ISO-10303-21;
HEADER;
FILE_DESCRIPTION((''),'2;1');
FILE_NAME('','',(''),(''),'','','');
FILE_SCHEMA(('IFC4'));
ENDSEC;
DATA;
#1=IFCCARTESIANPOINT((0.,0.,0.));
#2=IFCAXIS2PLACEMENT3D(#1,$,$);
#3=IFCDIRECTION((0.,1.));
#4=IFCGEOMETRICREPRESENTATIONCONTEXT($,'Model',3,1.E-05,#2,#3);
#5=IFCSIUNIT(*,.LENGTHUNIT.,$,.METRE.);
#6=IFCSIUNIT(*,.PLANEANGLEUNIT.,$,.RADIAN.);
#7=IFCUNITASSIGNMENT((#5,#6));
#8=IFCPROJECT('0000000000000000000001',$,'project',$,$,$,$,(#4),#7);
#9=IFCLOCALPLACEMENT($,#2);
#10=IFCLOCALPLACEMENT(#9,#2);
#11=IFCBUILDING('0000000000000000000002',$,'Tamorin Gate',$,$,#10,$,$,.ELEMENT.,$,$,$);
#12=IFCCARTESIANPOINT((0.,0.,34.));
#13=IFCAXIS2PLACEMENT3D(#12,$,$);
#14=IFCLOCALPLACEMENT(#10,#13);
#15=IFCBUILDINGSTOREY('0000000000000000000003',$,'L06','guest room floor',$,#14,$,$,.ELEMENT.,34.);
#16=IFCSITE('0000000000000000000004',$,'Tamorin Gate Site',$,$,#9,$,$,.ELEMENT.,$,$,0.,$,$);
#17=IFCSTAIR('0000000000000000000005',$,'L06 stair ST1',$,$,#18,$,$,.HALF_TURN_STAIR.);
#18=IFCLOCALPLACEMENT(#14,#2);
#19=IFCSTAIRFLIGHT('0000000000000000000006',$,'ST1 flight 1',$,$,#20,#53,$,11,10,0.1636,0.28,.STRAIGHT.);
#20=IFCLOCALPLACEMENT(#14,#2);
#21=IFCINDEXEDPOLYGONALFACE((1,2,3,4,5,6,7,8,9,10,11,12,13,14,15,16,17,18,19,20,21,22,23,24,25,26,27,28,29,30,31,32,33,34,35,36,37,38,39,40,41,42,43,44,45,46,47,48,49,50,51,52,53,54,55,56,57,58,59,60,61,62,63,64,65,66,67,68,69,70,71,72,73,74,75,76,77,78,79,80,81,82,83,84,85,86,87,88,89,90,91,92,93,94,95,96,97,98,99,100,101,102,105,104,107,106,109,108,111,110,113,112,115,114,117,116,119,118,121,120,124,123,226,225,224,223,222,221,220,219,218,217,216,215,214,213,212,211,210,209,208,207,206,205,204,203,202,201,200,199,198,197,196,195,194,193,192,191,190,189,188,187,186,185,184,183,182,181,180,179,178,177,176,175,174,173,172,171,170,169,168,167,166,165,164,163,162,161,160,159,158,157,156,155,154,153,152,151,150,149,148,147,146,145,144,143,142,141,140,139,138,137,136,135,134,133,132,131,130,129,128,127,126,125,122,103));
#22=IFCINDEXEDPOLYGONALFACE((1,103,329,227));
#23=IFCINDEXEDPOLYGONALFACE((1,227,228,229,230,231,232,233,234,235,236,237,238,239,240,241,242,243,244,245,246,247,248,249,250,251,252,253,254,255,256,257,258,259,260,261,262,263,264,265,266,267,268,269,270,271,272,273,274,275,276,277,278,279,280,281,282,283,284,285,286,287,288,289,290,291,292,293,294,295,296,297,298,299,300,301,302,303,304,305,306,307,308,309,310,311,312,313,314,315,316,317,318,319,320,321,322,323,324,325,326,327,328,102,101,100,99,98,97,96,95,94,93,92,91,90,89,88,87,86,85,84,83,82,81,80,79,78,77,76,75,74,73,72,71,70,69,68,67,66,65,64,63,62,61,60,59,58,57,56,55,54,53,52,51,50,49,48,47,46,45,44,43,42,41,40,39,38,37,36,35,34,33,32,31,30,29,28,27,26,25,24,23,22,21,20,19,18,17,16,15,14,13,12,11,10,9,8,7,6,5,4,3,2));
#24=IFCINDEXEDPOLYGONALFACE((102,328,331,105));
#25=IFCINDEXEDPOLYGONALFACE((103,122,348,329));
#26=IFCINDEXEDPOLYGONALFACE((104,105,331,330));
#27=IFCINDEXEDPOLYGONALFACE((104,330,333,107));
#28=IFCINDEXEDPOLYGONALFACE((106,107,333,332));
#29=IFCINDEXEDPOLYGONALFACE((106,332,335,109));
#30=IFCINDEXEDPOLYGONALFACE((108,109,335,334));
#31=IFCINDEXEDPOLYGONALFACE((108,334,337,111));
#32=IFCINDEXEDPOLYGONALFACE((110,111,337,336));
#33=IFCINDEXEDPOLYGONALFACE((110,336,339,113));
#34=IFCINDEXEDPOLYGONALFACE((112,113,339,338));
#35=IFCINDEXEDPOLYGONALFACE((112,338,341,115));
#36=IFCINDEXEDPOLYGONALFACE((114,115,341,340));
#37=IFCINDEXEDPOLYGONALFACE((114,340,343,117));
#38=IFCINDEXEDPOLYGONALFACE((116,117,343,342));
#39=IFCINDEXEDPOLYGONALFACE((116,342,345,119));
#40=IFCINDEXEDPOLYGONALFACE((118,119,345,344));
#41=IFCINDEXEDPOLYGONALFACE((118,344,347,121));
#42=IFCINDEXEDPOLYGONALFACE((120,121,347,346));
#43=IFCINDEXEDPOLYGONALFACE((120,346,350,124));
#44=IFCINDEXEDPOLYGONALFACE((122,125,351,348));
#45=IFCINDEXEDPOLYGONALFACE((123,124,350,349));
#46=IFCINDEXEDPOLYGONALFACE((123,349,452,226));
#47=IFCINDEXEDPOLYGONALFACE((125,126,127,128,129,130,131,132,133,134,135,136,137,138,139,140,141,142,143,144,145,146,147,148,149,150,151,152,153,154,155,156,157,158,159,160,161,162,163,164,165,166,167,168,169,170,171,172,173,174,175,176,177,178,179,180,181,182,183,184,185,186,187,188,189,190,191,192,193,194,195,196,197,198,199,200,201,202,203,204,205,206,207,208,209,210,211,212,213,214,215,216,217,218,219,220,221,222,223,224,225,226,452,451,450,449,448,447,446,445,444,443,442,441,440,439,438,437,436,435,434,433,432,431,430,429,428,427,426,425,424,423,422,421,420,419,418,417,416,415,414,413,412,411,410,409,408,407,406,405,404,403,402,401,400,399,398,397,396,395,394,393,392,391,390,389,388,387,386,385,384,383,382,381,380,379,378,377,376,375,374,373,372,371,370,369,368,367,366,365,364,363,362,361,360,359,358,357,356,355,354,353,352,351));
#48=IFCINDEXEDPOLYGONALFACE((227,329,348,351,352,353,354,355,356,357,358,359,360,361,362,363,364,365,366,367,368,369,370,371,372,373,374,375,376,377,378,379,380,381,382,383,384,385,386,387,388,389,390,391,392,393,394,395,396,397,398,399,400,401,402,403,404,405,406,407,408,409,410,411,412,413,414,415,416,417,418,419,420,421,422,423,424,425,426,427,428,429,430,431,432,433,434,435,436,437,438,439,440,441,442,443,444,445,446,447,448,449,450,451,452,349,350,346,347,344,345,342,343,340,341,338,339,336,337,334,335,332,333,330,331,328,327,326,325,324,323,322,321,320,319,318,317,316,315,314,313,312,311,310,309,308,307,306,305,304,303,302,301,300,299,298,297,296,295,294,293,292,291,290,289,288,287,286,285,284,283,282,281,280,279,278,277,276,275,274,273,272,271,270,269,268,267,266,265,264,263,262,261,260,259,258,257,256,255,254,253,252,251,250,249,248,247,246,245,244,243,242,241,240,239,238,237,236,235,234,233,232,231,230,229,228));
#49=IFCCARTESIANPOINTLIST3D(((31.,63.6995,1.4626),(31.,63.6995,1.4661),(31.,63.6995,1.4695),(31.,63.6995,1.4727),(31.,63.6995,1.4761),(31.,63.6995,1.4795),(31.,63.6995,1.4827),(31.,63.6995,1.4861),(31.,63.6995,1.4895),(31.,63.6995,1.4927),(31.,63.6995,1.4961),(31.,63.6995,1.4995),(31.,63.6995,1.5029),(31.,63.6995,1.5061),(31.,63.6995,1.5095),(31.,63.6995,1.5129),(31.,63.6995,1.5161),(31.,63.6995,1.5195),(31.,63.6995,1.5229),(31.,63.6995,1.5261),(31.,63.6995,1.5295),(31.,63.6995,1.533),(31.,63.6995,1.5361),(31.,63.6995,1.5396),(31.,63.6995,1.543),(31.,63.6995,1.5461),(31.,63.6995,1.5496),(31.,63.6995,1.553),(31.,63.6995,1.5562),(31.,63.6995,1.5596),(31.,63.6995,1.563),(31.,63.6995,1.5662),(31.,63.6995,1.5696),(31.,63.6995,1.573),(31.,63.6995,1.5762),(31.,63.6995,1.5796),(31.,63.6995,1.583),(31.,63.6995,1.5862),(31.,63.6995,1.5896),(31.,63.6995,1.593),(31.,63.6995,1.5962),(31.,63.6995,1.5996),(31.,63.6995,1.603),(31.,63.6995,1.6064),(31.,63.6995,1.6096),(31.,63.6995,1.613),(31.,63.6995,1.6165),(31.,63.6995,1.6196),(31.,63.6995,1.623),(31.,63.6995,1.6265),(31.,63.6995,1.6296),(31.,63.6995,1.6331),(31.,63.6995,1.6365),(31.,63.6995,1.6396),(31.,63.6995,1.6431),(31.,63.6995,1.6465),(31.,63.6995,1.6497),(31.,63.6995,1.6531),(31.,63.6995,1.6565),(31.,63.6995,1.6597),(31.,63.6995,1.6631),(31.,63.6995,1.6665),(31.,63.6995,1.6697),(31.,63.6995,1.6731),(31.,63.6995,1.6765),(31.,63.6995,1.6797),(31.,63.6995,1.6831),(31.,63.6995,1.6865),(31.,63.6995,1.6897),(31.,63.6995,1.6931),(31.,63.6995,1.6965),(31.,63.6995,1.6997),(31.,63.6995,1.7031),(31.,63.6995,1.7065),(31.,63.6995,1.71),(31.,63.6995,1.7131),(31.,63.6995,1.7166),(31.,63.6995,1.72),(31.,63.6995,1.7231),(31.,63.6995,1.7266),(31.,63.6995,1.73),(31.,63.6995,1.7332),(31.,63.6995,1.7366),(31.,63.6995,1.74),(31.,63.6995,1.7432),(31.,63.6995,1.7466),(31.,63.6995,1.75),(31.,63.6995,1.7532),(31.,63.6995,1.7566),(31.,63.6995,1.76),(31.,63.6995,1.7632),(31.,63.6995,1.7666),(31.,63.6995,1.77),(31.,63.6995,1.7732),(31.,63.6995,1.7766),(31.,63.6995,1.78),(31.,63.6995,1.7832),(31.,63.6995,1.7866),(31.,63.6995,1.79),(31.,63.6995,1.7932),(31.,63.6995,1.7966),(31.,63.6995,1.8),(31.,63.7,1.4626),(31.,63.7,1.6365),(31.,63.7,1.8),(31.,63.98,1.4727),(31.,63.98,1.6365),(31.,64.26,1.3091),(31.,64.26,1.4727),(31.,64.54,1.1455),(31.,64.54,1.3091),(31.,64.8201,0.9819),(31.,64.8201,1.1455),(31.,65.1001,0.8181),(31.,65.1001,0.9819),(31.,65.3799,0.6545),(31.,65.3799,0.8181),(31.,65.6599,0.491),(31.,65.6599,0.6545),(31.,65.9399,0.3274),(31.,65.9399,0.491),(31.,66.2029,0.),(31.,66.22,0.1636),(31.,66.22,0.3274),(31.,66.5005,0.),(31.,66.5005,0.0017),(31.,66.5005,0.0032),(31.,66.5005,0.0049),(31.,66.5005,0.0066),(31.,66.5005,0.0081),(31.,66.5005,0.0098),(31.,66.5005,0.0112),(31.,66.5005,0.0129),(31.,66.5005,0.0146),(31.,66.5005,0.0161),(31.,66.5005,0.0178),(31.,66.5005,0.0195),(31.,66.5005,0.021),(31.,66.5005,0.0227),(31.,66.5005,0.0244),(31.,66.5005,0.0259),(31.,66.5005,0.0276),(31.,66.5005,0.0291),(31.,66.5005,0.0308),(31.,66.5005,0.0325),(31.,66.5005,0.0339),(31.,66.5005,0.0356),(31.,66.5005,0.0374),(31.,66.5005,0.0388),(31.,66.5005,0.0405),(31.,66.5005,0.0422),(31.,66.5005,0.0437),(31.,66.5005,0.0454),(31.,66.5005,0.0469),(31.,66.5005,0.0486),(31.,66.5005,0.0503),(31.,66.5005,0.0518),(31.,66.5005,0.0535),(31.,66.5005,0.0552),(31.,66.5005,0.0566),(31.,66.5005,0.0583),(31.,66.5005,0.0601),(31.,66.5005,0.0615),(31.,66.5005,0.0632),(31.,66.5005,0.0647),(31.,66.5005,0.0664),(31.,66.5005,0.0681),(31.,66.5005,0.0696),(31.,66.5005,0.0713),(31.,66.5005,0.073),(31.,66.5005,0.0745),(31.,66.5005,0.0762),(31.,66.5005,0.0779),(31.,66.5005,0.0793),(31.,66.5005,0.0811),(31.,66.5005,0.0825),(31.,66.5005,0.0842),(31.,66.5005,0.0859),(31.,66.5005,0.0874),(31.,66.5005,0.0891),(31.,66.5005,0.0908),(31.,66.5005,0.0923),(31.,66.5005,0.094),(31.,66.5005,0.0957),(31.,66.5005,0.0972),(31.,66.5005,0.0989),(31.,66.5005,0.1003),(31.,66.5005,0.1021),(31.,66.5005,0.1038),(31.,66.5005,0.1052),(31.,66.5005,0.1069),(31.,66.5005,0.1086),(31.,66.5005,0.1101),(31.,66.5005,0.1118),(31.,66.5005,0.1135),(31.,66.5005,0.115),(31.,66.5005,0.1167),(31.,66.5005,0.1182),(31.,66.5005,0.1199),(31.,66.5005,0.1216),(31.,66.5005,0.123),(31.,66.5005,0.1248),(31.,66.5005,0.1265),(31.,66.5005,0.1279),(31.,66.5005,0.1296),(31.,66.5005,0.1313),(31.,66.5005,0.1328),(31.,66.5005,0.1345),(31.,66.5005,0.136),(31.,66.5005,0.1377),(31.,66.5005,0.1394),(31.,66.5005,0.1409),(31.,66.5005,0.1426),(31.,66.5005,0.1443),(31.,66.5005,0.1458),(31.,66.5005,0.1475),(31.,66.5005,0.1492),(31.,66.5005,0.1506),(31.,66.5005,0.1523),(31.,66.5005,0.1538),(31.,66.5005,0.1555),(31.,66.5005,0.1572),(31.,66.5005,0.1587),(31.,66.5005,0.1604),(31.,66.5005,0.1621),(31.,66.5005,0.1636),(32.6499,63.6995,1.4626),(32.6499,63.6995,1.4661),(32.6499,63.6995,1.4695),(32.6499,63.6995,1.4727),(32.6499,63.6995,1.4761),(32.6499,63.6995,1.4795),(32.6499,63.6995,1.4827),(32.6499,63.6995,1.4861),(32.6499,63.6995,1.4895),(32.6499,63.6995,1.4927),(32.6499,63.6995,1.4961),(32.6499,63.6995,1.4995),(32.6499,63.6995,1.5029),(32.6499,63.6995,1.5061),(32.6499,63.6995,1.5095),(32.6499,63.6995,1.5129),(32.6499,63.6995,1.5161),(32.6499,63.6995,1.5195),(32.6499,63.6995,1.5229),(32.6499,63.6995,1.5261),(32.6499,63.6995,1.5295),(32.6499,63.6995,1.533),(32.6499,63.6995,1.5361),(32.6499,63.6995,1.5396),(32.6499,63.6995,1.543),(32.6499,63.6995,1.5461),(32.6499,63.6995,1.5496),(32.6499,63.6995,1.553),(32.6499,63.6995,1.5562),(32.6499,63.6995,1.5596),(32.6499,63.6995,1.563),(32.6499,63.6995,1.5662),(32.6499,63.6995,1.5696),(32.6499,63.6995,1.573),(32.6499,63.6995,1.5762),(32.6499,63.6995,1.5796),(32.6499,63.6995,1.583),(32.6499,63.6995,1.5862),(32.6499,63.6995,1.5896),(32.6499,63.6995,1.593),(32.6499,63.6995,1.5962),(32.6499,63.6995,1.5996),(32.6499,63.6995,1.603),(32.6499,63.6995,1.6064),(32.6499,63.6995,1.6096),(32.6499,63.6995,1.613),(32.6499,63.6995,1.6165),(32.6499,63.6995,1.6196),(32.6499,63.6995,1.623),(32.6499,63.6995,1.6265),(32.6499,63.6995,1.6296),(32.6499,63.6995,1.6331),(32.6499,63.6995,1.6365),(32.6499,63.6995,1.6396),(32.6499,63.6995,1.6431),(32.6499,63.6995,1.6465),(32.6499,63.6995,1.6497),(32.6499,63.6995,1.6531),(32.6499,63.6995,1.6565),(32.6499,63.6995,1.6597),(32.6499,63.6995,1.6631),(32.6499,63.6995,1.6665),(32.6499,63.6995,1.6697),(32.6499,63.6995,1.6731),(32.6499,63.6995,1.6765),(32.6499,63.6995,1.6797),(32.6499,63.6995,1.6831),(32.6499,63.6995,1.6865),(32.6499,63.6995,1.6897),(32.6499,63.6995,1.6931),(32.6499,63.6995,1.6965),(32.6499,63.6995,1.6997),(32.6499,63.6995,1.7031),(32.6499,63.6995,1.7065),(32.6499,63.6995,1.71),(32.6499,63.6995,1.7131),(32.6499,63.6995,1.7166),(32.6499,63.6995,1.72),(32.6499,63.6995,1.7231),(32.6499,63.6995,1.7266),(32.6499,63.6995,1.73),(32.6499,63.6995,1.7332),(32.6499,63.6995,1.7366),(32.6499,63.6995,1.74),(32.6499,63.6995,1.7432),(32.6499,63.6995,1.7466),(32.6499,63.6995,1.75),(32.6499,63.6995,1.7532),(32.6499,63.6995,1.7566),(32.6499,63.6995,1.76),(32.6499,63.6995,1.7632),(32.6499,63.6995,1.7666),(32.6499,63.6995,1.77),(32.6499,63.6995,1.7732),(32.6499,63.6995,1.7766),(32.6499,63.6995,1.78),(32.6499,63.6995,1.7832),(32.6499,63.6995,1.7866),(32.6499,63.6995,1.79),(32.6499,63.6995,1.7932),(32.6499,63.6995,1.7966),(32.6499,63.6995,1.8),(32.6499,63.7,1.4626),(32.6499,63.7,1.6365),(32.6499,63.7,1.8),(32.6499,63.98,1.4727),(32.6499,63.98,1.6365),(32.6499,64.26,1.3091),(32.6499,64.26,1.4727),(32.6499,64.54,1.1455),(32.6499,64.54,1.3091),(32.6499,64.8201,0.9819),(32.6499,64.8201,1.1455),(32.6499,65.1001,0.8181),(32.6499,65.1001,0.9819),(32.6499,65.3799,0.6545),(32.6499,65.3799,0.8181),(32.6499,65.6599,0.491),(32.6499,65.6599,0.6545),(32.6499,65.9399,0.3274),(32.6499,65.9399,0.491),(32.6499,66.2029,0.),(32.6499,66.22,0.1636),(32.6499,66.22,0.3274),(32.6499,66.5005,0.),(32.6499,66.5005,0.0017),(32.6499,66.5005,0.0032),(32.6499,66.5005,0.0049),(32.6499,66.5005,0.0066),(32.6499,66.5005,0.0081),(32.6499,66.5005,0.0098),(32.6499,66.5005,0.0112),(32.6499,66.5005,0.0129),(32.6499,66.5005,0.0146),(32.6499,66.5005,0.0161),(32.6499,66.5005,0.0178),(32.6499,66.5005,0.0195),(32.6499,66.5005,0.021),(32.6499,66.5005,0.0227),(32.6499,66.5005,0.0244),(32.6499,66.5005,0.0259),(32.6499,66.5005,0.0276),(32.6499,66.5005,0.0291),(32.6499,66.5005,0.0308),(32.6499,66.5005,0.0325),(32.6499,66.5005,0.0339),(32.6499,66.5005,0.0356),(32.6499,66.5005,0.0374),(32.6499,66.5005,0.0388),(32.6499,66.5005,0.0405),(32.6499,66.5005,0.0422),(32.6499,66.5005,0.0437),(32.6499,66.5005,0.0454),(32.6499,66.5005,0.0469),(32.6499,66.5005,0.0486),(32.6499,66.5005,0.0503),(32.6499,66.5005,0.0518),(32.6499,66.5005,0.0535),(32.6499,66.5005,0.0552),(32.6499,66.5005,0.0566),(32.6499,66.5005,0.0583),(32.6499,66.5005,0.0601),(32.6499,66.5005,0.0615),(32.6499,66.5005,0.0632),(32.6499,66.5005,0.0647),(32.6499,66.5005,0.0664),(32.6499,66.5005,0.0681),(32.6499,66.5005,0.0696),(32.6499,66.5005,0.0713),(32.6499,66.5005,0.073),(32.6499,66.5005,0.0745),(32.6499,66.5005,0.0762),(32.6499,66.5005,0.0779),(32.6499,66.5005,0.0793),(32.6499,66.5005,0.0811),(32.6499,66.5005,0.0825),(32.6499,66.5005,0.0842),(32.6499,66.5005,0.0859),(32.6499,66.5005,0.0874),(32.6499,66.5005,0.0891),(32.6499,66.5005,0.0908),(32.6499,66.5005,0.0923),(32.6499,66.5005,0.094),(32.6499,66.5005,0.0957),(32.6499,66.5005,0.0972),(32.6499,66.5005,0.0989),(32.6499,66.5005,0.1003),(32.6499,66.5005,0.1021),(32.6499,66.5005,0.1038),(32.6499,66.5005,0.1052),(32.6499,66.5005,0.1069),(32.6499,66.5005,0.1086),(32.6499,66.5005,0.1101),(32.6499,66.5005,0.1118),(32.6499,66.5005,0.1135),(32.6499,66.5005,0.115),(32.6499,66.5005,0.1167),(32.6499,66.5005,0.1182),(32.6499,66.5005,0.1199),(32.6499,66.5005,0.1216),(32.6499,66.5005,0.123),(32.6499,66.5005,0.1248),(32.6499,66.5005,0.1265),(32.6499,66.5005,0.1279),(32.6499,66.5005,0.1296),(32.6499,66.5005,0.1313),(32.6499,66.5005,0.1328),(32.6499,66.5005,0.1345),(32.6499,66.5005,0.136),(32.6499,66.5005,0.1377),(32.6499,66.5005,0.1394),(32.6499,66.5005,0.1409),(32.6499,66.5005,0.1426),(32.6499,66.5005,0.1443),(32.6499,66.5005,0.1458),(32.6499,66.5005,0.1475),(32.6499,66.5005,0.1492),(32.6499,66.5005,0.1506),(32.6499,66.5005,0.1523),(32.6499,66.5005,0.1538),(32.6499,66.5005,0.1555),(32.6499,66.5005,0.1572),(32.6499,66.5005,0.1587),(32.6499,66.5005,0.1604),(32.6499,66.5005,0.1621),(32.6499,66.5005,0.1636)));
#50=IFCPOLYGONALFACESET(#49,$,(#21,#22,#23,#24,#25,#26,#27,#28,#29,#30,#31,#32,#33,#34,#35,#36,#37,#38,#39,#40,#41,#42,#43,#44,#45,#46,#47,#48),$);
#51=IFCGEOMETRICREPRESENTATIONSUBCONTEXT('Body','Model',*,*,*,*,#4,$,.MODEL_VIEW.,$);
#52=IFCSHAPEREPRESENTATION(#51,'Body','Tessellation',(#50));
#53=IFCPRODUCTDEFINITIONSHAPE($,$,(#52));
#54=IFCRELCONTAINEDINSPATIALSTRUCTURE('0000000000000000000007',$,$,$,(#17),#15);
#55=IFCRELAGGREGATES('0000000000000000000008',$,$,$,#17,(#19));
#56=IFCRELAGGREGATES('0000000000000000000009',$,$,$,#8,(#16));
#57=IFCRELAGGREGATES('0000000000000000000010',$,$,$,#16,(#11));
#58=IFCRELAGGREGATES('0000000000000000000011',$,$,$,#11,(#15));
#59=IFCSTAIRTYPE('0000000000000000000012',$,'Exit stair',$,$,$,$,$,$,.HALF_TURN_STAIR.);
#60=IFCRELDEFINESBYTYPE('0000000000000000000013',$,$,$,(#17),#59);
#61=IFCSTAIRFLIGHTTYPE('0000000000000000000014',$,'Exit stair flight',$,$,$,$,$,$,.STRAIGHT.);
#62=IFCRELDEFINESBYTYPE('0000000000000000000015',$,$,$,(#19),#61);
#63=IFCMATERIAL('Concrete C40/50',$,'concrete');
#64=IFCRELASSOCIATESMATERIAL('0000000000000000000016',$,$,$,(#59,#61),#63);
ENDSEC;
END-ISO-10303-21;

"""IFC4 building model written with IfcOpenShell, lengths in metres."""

from ifc_helpers import new_model, si_unit, direction, frame, origin, place, context, subcontext, project, spatial, polyline, outline, extrude, material, type_object, element, aggregate, save


model = new_model("IFC4")

# Units and contexts
model_context = context("Model", 3, precision=1e-05, world=origin(), true_north=direction((0.0, 1.0)))
body_context = subcontext(model_context, "Body", "Model", "MODEL_VIEW")
ifc_project = project(units=[si_unit("LENGTHUNIT", "METRE"), si_unit("PLANEANGLEUNIT", "RADIAN")], contexts=[model_context])

# Site, building, storey
site_placement = place(None, origin())
site = spatial("IfcSite", under=ifc_project, at=site_placement, Name="Tamorin Gate Site", CompositionType="ELEMENT", RefElevation=0.0)
building_placement = place(site_placement, origin())
building = spatial("IfcBuilding", under=site, at=building_placement, Name="Tamorin Gate", CompositionType="ELEMENT")
storey_placement = place(building_placement, frame((0.0, 0.0, 34.0)))
storey = spatial("IfcBuildingStorey", under=building, at=storey_placement, Name="L06", Description="guest room floor", CompositionType="ELEMENT", Elevation=34.0)

# Shared definitions
ifc_material_1 = material(Name="Concrete C40/50", Category="concrete")

# Stair, stair flight
stair_type = type_object("IfcStairType", Name="Exit stair", PredefinedType="HALF_TURN_STAIR", material=ifc_material_1)
stair_placement = place(storey_placement, origin())
stair = element("IfcStair", 1, at=stair_placement, inside=storey, type_object=stair_type, Name="L06 stair ST1", PredefinedType="HALF_TURN_STAIR")
stair_flight_type = type_object("IfcStairFlightType", Name="Exit stair flight", PredefinedType="STRAIGHT", material=ifc_material_1)
stair_flight_1_placement = place(storey_placement, frame((31.825, 66.5, 0.0), z_axis=(0.0, 0.0, 1.0), x_axis=(0.0, -1.0, 0.0)))
stair_flight_1 = element("IfcStairFlight", 2, at=stair_flight_1_placement, type_object=stair_flight_type, Name="ST1 flight 1", NumberOfRisers=11, NumberOfTreads=10, PredefinedType="STRAIGHT", RiserHeight=0.1636, TreadLength=0.28, context=body_context, shape_type="SweptSolid", body=[
    extrude(outline(polyline([(-0.0005, 0.0), (-0.0005, 0.0017), (-0.0005, 0.0032), (-0.0005, 0.0049), (-0.0005, 0.0066), (-0.0005, 0.0081), (-0.0005, 0.0098), (-0.0005, 0.0112), (-0.0005, 0.0129), (-0.0005, 0.0146), (-0.0005, 0.0161), (-0.0005, 0.0178), (-0.0005, 0.0195), (-0.0005, 0.021), (-0.0005, 0.0227), (-0.0005, 0.0244), (-0.0005, 0.0259), (-0.0005, 0.0276), (-0.0005, 0.0291), (-0.0005, 0.0308), (-0.0005, 0.0325), (-0.0005, 0.0339), (-0.0005, 0.0356), (-0.0005, 0.0374), (-0.0005, 0.0388), (-0.0005, 0.0405), (-0.0005, 0.0422), (-0.0005, 0.0437), (-0.0005, 0.0454), (-0.0005, 0.0469), (-0.0005, 0.0486), (-0.0005, 0.0503), (-0.0005, 0.0518), (-0.0005, 0.0535), (-0.0005, 0.0552), (-0.0005, 0.0566), (-0.0005, 0.0583), (-0.0005, 0.0601), (-0.0005, 0.0615), (-0.0005, 0.0632), (-0.0005, 0.0647), (-0.0005, 0.0664), (-0.0005, 0.0681), (-0.0005, 0.0696), (-0.0005, 0.0713), (-0.0005, 0.073), (-0.0005, 0.0745), (-0.0005, 0.0762), (-0.0005, 0.0779), (-0.0005, 0.0793), (-0.0005, 0.0811), (-0.0005, 0.0825), (-0.0005, 0.0842), (-0.0005, 0.0859), (-0.0005, 0.0874), (-0.0005, 0.0891), (-0.0005, 0.0908), (-0.0005, 0.0923), (-0.0005, 0.094), (-0.0005, 0.0957), (-0.0005, 0.0972), (-0.0005, 0.0989), (-0.0005, 0.1003), (-0.0005, 0.1021), (-0.0005, 0.1038), (-0.0005, 0.1052), (-0.0005, 0.1069), (-0.0005, 0.1086), (-0.0005, 0.1101), (-0.0005, 0.1118), (-0.0005, 0.1135), (-0.0005, 0.115), (-0.0005, 0.1167), (-0.0005, 0.1182), (-0.0005, 0.1199), (-0.0005, 0.1216), (-0.0005, 0.123), (-0.0005, 0.1248), (-0.0005, 0.1265), (-0.0005, 0.1279), (-0.0005, 0.1296), (-0.0005, 0.1313), (-0.0005, 0.1328), (-0.0005, 0.1345), (-0.0005, 0.136), (-0.0005, 0.1377), (-0.0005, 0.1394), (-0.0005, 0.1409), (-0.0005, 0.1426), (-0.0005, 0.1443), (-0.0005, 0.1458), (-0.0005, 0.1475), (-0.0005, 0.1492), (-0.0005, 0.1506), (-0.0005, 0.1523), (-0.0005, 0.1538), (-0.0005, 0.1555), (-0.0005, 0.1572), (-0.0005, 0.1587), (-0.0005, 0.1604), (-0.0005, 0.1621), (-0.0005, 0.1636), (0.28, 0.1636), (0.28, 0.3274), (0.5601, 0.3274), (0.5601, 0.491), (0.8401, 0.491), (0.8401, 0.6545), (1.1201, 0.6545), (1.1201, 0.8181), (1.3999, 0.8181), (1.3999, 0.9819), (1.6799, 0.9819), (1.6799, 1.1455), (1.96, 1.1455), (1.96, 1.3091), (2.24, 1.3091), (2.24, 1.4727), (2.52, 1.4727), (2.52, 1.6365), (2.8, 1.6365), (2.8, 1.8), (2.8005, 1.8), (2.8005, 1.7966), (2.8005, 1.7932), (2.8005, 1.79), (2.8005, 1.7866), (2.8005, 1.7832), (2.8005, 1.78), (2.8005, 1.7766), (2.8005, 1.7732), (2.8005, 1.77), (2.8005, 1.7666), (2.8005, 1.7632), (2.8005, 1.76), (2.8005, 1.7566), (2.8005, 1.7532), (2.8005, 1.75), (2.8005, 1.7466), (2.8005, 1.7432), (2.8005, 1.74), (2.8005, 1.7366), (2.8005, 1.7332), (2.8005, 1.73), (2.8005, 1.7266), (2.8005, 1.7231), (2.8005, 1.72), (2.8005, 1.7166), (2.8005, 1.7131), (2.8005, 1.71), (2.8005, 1.7065), (2.8005, 1.7031), (2.8005, 1.6997), (2.8005, 1.6965), (2.8005, 1.6931), (2.8005, 1.6897), (2.8005, 1.6865), (2.8005, 1.6831), (2.8005, 1.6797), (2.8005, 1.6765), (2.8005, 1.6731), (2.8005, 1.6697), (2.8005, 1.6665), (2.8005, 1.6631), (2.8005, 1.6597), (2.8005, 1.6565), (2.8005, 1.6531), (2.8005, 1.6497), (2.8005, 1.6465), (2.8005, 1.6431), (2.8005, 1.6396), (2.8005, 1.6365), (2.8005, 1.6331), (2.8005, 1.6296), (2.8005, 1.6265), (2.8005, 1.623), (2.8005, 1.6196), (2.8005, 1.6165), (2.8005, 1.613), (2.8005, 1.6096), (2.8005, 1.6064), (2.8005, 1.603), (2.8005, 1.5996), (2.8005, 1.5962), (2.8005, 1.593), (2.8005, 1.5896), (2.8005, 1.5862), (2.8005, 1.583), (2.8005, 1.5796), (2.8005, 1.5762), (2.8005, 1.573), (2.8005, 1.5696), (2.8005, 1.5662), (2.8005, 1.563), (2.8005, 1.5596), (2.8005, 1.5562), (2.8005, 1.553), (2.8005, 1.5496), (2.8005, 1.5461), (2.8005, 1.543), (2.8005, 1.5396), (2.8005, 1.5361), (2.8005, 1.533), (2.8005, 1.5295), (2.8005, 1.5261), (2.8005, 1.5229), (2.8005, 1.5195), (2.8005, 1.5161), (2.8005, 1.5129), (2.8005, 1.5095), (2.8005, 1.5061), (2.8005, 1.5029), (2.8005, 1.4995), (2.8005, 1.4961), (2.8005, 1.4927), (2.8005, 1.4895), (2.8005, 1.4861), (2.8005, 1.4827), (2.8005, 1.4795), (2.8005, 1.4761), (2.8005, 1.4727), (2.8005, 1.4695), (2.8005, 1.4661), (2.8005, 1.4626), (2.8, 1.4626), (0.2971, 0.0), (-0.0005, 0.0)])), frame((0.0, 0.825, 0.0), z_axis=(0.0, -1.0, 0.0), x_axis=(1.0, 0.0, 0.0)), (0.0, 0.0, 1.0), 1.6499),
])
aggregate(stair, [stair_flight_1])

save(model, "model.ifc")
